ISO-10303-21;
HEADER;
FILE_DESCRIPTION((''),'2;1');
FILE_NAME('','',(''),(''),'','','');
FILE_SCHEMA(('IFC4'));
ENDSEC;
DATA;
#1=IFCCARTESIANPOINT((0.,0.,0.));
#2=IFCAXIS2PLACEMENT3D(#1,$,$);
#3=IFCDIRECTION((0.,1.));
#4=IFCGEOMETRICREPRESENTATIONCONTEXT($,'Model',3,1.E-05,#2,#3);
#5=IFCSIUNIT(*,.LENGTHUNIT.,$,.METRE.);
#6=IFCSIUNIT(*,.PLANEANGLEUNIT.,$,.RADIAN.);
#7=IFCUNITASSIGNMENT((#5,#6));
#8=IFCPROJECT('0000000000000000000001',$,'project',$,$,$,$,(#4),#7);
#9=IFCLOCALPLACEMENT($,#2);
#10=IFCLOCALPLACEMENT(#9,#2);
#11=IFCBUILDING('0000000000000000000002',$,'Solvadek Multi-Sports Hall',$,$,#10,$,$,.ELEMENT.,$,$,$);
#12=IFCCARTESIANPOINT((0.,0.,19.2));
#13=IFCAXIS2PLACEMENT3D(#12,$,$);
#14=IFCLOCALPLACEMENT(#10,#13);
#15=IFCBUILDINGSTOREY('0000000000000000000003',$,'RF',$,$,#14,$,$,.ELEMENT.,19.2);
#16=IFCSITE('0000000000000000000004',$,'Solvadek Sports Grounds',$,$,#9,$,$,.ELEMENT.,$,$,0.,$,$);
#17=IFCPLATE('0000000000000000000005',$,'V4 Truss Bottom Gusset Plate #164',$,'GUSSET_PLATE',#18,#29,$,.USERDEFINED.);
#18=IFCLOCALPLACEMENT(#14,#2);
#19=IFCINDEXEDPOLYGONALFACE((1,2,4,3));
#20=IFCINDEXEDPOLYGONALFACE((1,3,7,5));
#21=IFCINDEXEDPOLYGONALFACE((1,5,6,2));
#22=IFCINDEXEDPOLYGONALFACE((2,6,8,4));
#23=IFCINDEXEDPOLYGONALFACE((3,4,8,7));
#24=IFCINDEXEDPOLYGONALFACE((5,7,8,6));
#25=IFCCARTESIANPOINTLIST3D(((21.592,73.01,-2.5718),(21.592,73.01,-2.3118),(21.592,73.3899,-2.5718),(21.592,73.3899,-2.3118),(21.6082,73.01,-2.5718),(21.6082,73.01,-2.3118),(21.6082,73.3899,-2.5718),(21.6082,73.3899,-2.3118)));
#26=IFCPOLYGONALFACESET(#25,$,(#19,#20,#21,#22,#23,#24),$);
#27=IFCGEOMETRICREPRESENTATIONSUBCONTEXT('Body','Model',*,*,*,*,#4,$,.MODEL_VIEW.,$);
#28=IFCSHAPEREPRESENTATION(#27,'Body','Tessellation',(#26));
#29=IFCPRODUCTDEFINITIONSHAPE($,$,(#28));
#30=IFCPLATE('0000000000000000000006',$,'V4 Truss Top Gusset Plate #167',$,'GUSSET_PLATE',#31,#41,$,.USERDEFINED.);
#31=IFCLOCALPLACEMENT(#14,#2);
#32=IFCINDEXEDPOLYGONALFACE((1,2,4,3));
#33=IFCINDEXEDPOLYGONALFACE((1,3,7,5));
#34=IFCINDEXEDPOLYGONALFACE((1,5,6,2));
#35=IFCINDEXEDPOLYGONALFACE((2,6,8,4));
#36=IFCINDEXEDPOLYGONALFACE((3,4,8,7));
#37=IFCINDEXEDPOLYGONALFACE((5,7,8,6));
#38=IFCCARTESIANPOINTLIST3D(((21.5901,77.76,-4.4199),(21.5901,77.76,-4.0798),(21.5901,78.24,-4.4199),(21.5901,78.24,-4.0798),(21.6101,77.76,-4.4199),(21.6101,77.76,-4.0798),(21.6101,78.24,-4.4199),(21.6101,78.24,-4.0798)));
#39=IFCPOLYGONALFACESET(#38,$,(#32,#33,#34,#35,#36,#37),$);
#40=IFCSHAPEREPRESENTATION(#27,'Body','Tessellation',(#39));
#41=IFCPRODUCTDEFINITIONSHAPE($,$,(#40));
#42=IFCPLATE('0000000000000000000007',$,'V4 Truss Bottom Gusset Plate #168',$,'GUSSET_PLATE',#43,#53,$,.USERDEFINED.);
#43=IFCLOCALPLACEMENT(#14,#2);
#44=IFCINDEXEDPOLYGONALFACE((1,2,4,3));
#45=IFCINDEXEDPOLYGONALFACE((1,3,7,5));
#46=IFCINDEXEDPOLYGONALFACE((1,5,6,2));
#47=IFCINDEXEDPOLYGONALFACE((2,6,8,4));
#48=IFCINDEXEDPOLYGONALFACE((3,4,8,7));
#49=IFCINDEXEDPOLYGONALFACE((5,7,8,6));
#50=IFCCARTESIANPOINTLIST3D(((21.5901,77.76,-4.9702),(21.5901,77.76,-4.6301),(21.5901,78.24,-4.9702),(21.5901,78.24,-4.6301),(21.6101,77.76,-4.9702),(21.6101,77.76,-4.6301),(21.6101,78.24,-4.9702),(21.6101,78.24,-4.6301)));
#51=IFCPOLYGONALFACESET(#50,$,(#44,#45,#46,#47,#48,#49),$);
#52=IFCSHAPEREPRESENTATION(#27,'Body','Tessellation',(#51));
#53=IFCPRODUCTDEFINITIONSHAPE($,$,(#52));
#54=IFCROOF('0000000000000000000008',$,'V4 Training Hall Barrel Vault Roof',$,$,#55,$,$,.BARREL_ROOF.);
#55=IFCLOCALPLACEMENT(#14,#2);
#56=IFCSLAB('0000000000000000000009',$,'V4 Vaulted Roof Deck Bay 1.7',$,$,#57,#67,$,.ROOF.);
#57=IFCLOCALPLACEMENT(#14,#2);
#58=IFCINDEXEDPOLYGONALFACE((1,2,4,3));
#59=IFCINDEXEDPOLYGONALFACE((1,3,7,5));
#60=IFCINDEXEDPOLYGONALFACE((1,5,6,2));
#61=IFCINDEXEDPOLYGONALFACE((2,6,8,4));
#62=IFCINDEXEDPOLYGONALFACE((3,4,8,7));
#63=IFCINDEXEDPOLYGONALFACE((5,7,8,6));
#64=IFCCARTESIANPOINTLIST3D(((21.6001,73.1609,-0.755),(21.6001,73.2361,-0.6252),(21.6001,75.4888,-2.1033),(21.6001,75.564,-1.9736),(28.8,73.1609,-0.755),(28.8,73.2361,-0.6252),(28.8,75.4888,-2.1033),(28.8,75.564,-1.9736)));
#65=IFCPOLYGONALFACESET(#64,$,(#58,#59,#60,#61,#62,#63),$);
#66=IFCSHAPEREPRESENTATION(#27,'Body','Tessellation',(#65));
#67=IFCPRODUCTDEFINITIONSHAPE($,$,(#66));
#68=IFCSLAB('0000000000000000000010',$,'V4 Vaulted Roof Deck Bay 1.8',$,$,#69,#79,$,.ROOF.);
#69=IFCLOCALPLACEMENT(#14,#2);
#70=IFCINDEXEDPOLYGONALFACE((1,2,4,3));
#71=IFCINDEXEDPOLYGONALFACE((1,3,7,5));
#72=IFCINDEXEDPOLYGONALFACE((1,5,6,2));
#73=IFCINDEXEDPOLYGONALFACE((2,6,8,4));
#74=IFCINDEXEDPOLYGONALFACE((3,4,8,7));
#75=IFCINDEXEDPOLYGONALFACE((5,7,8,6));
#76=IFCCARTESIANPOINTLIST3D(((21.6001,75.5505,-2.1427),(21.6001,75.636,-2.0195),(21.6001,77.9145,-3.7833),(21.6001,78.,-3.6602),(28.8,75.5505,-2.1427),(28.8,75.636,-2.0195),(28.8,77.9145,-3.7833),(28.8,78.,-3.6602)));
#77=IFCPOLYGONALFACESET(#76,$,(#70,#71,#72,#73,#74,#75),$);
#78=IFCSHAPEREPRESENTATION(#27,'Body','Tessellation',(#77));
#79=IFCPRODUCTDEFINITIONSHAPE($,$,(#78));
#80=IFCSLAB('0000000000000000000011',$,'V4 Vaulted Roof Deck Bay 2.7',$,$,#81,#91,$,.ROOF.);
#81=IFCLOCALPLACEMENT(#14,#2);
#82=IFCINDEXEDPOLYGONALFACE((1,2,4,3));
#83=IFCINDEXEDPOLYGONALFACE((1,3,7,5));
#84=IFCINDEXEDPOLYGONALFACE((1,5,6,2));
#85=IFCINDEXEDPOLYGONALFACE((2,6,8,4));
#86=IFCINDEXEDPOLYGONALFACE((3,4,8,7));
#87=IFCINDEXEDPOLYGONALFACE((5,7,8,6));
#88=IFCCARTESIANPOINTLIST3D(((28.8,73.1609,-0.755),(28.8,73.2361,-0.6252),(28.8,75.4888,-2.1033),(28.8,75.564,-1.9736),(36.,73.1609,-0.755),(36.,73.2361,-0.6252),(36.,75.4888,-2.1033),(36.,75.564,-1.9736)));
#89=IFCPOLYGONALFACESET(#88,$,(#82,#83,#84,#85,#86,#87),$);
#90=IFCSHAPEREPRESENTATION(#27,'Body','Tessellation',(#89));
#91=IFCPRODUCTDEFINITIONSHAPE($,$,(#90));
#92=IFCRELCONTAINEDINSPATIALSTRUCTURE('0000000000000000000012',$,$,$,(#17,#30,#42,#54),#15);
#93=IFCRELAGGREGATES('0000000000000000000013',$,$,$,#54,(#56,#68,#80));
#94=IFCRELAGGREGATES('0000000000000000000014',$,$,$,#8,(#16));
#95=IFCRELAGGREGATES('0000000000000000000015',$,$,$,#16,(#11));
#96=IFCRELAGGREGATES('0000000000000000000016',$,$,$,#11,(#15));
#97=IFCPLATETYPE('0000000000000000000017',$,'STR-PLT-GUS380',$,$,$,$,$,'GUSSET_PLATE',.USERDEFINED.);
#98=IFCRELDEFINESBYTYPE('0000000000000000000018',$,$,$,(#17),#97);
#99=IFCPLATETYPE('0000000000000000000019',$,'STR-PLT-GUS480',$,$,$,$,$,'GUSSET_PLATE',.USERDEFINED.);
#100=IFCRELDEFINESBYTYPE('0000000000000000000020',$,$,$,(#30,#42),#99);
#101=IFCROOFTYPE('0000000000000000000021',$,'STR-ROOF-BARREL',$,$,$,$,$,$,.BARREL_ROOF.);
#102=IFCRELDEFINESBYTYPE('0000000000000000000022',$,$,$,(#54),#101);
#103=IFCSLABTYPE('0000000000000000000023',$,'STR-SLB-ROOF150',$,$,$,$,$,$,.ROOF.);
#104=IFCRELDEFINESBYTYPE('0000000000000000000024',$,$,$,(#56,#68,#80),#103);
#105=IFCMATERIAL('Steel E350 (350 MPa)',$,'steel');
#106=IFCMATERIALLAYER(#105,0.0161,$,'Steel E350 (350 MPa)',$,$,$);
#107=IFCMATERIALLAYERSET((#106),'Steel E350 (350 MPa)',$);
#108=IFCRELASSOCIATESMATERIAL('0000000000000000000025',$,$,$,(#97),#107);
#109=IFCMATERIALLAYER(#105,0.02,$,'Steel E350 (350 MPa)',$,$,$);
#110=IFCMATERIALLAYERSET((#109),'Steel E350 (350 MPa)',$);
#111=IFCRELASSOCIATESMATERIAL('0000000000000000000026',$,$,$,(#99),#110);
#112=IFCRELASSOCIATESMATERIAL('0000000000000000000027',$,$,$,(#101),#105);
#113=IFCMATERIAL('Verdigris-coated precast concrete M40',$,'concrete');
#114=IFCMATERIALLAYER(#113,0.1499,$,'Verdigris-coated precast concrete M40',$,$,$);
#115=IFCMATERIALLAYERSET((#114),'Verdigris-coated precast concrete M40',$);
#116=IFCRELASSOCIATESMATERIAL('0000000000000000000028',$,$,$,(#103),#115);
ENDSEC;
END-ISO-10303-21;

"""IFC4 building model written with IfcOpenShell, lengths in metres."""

from ifc_helpers import new_model, si_unit, direction, frame, origin, origin_2d, place, context, subcontext, project, spatial, polyline, rectangle, outline, extrude, material, layer, layer_set, type_object, element, aggregate, save


model = new_model("IFC4")

# Units and contexts
model_context = context("Model", 3, precision=1e-05, world=origin(), true_north=direction((0.0, 1.0)))
body_context = subcontext(model_context, "Body", "Model", "MODEL_VIEW")
ifc_project = project(units=[si_unit("LENGTHUNIT", "METRE"), si_unit("PLANEANGLEUNIT", "RADIAN")], contexts=[model_context])

# Site, building, storey
site_placement = place(None, origin())
site = spatial("IfcSite", under=ifc_project, at=site_placement, Name="Solvadek Sports Grounds", CompositionType="ELEMENT", RefElevation=0.0)
building_placement = place(site_placement, origin())
building = spatial("IfcBuilding", under=site, at=building_placement, Name="Solvadek Multi-Sports Hall", CompositionType="ELEMENT")
storey_placement = place(building_placement, frame((0.0, 0.0, 19.2)))
storey = spatial("IfcBuildingStorey", under=building, at=storey_placement, Name="RF", CompositionType="ELEMENT", Elevation=19.2)

# Shared definitions
ifc_material_1 = material(Name="Steel E350 (350 MPa)", Category="steel")

# Plates
ifc_layer_1 = layer(ifc_material_1, 0.0161, Name="Steel E350 (350 MPa)")
ifc_layer_set_1 = layer_set([ifc_layer_1], Name="Steel E350 (350 MPa)")
plate_type_1 = type_object("IfcPlateType", Name="STR-PLT-GUS380", ElementType="GUSSET_PLATE", PredefinedType="USERDEFINED", material=ifc_layer_set_1)
for number, where, z_axis, x_axis, name in (
    (1, (21.6001, 73.2, -2.5718), (0.0, 0.0, 1.0), (0.0, 1.0, 0.0), "V4 Truss Bottom Gusset Plate #164"),
):
    element("IfcPlate", number, at=place(storey_placement, frame(where, z_axis=z_axis, x_axis=x_axis)), inside=storey, type_object=plate_type_1, Name=name, ObjectType="GUSSET_PLATE", PredefinedType="USERDEFINED", context=body_context, shape_type="SweptSolid", body=[
        extrude(rectangle(XDim=0.3799, YDim=0.0161, at=origin_2d()), origin(), (0.0, 0.0, 1.0), 0.26),
    ])
ifc_layer_2 = layer(ifc_material_1, 0.02, Name="Steel E350 (350 MPa)")
ifc_layer_set_2 = layer_set([ifc_layer_2], Name="Steel E350 (350 MPa)")
plate_type_2 = type_object("IfcPlateType", Name="STR-PLT-GUS480", ElementType="GUSSET_PLATE", PredefinedType="USERDEFINED", material=ifc_layer_set_2)
for number, where, z_axis, x_axis, name in (
    (2, (21.6001, 78.0, -4.4199), (0.0, 0.0, 1.0), (0.0, 1.0, 0.0), "V4 Truss Top Gusset Plate #167"),
    (3, (21.6001, 78.0, -4.9702), (0.0, 0.0, 1.0), (0.0, 1.0, 0.0), "V4 Truss Bottom Gusset Plate #168"),
):
    element("IfcPlate", number, at=place(storey_placement, frame(where, z_axis=z_axis, x_axis=x_axis)), inside=storey, type_object=plate_type_2, Name=name, ObjectType="GUSSET_PLATE", PredefinedType="USERDEFINED", context=body_context, shape_type="SweptSolid", body=[
        extrude(rectangle(XDim=0.48, YDim=0.02, at=origin_2d()), origin(), (0.0, 0.0, 1.0), 0.3401),
    ])

# Roof, slabs
roof_type = type_object("IfcRoofType", Name="STR-ROOF-BARREL", PredefinedType="BARREL_ROOF", material=ifc_material_1)
roof_placement = place(storey_placement, origin())
roof = element("IfcRoof", 4, at=roof_placement, inside=storey, type_object=roof_type, Name="V4 Training Hall Barrel Vault Roof", PredefinedType="BARREL_ROOF")
ifc_material_2 = material(Name="Verdigris-coated precast concrete M40", Category="concrete")
ifc_layer_3 = layer(ifc_material_2, 0.1499, Name="Verdigris-coated precast concrete M40")
ifc_layer_set_3 = layer_set([ifc_layer_3], Name="Verdigris-coated precast concrete M40")
slab_type = type_object("IfcSlabType", Name="STR-SLB-ROOF150", PredefinedType="ROOF", material=ifc_layer_set_3)
slab_1_placement = place(storey_placement, frame((21.6001, 73.2361, -0.6252), z_axis=(0.0, 0.501222, 0.865319), x_axis=(1.0, 0.0, 0.0)))
slab_1 = element("IfcSlab", 5, at=slab_1_placement, type_object=slab_type, Name="V4 Vaulted Roof Deck Bay 1.7", PredefinedType="ROOF", context=body_context, shape_type="SweptSolid", body=[
    extrude(outline(polyline([(0.0, 0.0), (7.2, 0.0), (7.2, 2.6902), (0.0, 2.6902), (0.0, 0.0)])), origin(), (0.0, 0.0, -1.0), 0.1499),
])
slab_2_placement = place(storey_placement, frame((21.6001, 75.636, -2.0195), z_axis=(0.0, 0.570149, 0.821541), x_axis=(1.0, 0.0, 0.0)))
slab_2 = element("IfcSlab", 6, at=slab_2_placement, type_object=slab_type, Name="V4 Vaulted Roof Deck Bay 1.8", PredefinedType="ROOF", context=body_context, shape_type="SweptSolid", body=[
    extrude(outline(polyline([(0.0, 0.0), (7.2, 0.0), (7.2, 2.8775), (0.0, 2.8775), (0.0, 0.0)])), origin(), (0.0, 0.0, -1.0), 0.1499),
])
slab_3_placement = place(storey_placement, frame((28.8, 73.2361, -0.6252), z_axis=(0.0, 0.501222, 0.865319), x_axis=(1.0, 0.0, 0.0)))
slab_3 = element("IfcSlab", 7, at=slab_3_placement, type_object=slab_type, Name="V4 Vaulted Roof Deck Bay 2.7", PredefinedType="ROOF", context=body_context, shape_type="SweptSolid", body=[
    extrude(outline(polyline([(0.0, 0.0), (7.2, 0.0), (7.2, 2.6902), (0.0, 2.6902), (0.0, 0.0)])), origin(), (0.0, 0.0, -1.0), 0.1499),
])
aggregate(roof, [slab_1, slab_2, slab_3])

save(model, "model.ifc")
